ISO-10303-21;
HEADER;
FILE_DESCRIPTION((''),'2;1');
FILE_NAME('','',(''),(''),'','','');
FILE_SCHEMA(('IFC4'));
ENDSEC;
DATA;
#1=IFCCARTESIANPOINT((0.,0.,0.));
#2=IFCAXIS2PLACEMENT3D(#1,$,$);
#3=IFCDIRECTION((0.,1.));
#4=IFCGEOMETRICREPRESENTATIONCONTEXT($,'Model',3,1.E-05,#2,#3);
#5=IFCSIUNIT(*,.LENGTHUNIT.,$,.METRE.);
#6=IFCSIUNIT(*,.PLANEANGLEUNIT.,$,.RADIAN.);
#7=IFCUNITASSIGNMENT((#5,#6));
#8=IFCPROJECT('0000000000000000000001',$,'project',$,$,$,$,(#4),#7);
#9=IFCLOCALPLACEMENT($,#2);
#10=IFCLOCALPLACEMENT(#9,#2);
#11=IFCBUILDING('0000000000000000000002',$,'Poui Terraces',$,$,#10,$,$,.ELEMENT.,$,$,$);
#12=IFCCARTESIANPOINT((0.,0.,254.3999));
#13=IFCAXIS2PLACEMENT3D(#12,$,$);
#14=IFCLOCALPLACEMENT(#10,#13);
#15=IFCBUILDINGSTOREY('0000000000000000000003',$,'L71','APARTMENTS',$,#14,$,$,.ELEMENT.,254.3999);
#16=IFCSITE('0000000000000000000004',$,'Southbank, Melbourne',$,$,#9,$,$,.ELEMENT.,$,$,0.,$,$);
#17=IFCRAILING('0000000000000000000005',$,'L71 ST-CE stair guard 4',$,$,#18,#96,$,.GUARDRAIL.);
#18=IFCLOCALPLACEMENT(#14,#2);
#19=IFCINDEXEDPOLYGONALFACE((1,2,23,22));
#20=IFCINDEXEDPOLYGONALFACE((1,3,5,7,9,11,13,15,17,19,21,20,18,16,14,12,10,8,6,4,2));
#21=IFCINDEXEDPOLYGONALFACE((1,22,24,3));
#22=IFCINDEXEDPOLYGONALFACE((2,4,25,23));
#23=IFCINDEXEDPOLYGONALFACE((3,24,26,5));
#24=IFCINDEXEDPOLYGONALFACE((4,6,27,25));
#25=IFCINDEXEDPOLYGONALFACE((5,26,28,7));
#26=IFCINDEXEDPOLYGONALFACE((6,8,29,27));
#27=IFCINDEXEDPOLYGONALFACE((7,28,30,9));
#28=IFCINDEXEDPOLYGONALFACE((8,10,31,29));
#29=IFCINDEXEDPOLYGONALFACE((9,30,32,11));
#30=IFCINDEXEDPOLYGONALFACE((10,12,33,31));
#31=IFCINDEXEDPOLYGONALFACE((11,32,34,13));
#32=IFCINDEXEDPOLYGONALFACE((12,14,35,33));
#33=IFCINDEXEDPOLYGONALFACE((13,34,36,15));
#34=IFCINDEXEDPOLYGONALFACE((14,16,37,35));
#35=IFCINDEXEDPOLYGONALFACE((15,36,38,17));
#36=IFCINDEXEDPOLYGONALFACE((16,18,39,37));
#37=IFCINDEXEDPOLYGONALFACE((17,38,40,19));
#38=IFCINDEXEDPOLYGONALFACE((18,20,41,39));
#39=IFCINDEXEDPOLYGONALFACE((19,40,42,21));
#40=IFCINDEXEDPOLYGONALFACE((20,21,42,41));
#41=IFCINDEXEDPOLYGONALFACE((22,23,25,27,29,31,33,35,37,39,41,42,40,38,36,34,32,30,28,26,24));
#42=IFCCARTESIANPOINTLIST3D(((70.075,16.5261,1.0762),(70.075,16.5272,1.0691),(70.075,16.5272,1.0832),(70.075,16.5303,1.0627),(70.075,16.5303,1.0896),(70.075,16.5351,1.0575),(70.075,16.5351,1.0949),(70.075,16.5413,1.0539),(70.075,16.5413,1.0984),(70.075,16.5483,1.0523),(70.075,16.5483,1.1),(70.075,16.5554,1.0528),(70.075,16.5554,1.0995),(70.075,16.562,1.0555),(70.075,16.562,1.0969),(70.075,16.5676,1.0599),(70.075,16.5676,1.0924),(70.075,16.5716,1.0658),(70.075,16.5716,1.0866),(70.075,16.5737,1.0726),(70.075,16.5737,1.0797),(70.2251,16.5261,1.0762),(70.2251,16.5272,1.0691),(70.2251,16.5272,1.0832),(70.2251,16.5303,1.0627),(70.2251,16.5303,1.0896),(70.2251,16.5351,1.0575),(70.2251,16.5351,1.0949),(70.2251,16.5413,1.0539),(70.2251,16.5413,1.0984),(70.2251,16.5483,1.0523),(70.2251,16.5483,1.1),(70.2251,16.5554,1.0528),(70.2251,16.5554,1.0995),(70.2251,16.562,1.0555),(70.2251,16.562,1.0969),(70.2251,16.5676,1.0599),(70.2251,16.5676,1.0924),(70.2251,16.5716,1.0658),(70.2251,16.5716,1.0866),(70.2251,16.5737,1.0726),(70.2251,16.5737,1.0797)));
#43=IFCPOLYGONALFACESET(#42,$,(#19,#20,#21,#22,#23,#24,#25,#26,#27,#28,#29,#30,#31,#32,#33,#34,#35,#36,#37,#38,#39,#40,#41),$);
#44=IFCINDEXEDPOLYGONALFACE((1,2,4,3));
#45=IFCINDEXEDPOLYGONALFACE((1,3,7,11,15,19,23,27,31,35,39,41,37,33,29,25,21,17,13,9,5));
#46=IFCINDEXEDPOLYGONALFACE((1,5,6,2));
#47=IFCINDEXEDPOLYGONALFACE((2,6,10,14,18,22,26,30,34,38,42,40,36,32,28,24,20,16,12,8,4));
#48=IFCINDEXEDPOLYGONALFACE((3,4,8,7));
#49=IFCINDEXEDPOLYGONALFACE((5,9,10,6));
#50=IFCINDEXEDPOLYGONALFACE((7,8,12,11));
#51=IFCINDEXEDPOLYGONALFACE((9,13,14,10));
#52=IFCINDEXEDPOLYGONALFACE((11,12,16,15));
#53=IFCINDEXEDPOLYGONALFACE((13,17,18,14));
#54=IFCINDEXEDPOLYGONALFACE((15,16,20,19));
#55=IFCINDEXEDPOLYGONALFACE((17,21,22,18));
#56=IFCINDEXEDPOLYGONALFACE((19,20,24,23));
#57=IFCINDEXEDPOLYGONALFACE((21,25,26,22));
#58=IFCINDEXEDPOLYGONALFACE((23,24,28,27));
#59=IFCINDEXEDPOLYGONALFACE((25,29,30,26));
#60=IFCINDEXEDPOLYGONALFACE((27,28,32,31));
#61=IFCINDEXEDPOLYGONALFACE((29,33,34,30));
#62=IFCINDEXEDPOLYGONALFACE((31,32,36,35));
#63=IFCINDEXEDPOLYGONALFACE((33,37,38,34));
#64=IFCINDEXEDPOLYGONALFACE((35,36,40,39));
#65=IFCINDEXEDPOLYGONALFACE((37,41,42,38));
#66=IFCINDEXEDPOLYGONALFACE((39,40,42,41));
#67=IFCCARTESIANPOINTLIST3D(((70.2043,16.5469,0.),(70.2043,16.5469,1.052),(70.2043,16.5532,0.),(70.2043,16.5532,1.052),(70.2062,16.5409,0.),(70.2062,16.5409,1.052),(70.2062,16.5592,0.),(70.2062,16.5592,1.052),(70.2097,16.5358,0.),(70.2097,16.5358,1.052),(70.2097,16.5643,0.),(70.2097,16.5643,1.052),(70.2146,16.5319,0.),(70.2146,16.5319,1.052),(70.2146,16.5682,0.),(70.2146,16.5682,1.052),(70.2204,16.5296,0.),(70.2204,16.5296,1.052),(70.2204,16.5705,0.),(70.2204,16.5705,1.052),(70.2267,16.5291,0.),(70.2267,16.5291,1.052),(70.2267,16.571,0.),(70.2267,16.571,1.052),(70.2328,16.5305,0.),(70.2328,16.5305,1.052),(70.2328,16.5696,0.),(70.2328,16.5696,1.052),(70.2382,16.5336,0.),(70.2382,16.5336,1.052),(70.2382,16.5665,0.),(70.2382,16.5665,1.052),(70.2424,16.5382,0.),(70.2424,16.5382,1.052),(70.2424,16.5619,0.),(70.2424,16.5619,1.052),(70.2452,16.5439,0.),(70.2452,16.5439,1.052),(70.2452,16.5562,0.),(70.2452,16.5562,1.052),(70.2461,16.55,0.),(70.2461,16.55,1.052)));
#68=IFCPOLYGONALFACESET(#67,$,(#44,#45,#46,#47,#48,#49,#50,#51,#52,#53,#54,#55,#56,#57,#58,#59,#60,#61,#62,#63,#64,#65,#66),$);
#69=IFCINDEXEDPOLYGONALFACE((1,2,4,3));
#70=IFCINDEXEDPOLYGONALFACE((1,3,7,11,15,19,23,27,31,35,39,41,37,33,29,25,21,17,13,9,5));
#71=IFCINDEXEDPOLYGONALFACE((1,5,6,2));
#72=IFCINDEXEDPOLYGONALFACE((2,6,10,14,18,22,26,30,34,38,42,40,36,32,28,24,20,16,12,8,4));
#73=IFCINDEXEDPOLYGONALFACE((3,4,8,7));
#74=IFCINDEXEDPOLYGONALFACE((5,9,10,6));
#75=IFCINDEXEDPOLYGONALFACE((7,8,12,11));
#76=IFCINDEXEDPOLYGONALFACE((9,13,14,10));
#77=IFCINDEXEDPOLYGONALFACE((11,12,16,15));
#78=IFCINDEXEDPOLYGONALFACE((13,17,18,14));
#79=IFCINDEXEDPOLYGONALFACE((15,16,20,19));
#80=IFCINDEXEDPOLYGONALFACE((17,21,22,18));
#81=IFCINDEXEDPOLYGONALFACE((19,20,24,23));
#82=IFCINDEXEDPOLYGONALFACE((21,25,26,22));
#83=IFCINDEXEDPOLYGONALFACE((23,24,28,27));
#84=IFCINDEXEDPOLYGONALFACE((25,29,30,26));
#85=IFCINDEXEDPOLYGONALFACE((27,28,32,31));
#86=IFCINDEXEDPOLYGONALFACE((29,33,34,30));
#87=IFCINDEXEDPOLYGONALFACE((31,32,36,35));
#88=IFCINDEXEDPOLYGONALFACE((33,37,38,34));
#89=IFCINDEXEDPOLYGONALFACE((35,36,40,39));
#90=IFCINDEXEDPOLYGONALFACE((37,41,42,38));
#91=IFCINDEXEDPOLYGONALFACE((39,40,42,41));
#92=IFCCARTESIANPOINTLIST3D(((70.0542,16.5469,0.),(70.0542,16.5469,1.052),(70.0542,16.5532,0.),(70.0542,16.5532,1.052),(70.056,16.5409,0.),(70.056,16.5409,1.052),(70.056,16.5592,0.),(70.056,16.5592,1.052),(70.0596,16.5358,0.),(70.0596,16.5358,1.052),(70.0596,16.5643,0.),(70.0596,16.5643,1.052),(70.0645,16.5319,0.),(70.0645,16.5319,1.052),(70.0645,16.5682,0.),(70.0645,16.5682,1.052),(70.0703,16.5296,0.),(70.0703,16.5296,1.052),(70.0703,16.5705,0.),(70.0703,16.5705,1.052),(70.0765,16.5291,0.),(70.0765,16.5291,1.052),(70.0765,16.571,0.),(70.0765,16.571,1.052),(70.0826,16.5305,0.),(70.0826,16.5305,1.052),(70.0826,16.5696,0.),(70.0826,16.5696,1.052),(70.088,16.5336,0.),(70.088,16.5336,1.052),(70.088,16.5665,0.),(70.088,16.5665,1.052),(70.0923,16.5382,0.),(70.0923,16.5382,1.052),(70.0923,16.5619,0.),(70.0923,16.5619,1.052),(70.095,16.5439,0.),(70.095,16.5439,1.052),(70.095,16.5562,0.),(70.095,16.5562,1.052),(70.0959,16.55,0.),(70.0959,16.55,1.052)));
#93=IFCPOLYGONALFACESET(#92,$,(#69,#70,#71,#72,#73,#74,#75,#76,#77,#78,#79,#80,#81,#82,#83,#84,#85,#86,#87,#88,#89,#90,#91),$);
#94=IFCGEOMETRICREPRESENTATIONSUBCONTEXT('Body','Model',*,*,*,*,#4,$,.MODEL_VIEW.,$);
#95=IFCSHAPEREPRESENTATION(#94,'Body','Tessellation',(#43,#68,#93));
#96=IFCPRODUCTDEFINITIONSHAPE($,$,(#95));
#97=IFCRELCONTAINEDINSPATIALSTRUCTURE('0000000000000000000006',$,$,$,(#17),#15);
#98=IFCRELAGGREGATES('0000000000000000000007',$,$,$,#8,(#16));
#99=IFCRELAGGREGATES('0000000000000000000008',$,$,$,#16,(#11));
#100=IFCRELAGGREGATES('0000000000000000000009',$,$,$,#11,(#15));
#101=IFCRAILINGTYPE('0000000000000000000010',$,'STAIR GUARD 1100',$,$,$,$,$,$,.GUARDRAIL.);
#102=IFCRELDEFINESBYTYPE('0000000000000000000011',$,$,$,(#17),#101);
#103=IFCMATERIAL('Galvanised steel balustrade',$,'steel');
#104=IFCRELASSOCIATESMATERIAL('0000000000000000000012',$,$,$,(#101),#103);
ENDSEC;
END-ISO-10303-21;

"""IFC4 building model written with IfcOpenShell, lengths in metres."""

from ifc_helpers import new_model, si_unit, direction, frame, origin, origin_2d, place, context, subcontext, project, spatial, circle, extrude, material, type_object, element, save


model = new_model("IFC4")

# Units and contexts
model_context = context("Model", 3, precision=1e-05, world=origin(), true_north=direction((0.0, 1.0)))
body_context = subcontext(model_context, "Body", "Model", "MODEL_VIEW")
ifc_project = project(units=[si_unit("LENGTHUNIT", "METRE"), si_unit("PLANEANGLEUNIT", "RADIAN")], contexts=[model_context])

# Site, building, storey
site_placement = place(None, origin())
site = spatial("IfcSite", under=ifc_project, at=site_placement, Name="Southbank, Melbourne", CompositionType="ELEMENT", RefElevation=0.0)
building_placement = place(site_placement, origin())
building = spatial("IfcBuilding", under=site, at=building_placement, Name="Poui Terraces", CompositionType="ELEMENT")
storey_placement = place(building_placement, frame((0.0, 0.0, 254.3999)))
storey = spatial("IfcBuildingStorey", under=building, at=storey_placement, Name="L71", Description="APARTMENTS", CompositionType="ELEMENT", Elevation=254.3999)

# Railing
ifc_material_1 = material(Name="Galvanised steel balustrade", Category="steel")
railing_type_1 = type_object("IfcRailingType", Name="STAIR GUARD 1100", PredefinedType="GUARDRAIL", material=ifc_material_1)
railing_1_placement = place(storey_placement, frame((70.2251, 16.55, 0.0)))
element("IfcRailing", 1, at=railing_1_placement, inside=storey, type_object=railing_type_1, Name="L71 ST-CE stair guard 4", PredefinedType="GUARDRAIL", context=body_context, shape_type="SweptSolid", body=[
    extrude(circle(Radius=0.0239, at=origin_2d()), frame((0.0, 0.0, 1.0762), z_axis=(-1.0, 0.0, 0.0), x_axis=(0.0, -1.0, 0.0)), (0.0, 0.0, 1.0), 0.1501),
    extrude(circle(Radius=0.021, at=origin_2d()), origin(), (0.0, 0.0, 1.0), 1.052),
    extrude(circle(Radius=0.021, at=origin_2d()), frame((-0.1501, 0.0, 0.0)), (0.0, 0.0, 1.0), 1.052),
])

save(model, "model.ifc")
